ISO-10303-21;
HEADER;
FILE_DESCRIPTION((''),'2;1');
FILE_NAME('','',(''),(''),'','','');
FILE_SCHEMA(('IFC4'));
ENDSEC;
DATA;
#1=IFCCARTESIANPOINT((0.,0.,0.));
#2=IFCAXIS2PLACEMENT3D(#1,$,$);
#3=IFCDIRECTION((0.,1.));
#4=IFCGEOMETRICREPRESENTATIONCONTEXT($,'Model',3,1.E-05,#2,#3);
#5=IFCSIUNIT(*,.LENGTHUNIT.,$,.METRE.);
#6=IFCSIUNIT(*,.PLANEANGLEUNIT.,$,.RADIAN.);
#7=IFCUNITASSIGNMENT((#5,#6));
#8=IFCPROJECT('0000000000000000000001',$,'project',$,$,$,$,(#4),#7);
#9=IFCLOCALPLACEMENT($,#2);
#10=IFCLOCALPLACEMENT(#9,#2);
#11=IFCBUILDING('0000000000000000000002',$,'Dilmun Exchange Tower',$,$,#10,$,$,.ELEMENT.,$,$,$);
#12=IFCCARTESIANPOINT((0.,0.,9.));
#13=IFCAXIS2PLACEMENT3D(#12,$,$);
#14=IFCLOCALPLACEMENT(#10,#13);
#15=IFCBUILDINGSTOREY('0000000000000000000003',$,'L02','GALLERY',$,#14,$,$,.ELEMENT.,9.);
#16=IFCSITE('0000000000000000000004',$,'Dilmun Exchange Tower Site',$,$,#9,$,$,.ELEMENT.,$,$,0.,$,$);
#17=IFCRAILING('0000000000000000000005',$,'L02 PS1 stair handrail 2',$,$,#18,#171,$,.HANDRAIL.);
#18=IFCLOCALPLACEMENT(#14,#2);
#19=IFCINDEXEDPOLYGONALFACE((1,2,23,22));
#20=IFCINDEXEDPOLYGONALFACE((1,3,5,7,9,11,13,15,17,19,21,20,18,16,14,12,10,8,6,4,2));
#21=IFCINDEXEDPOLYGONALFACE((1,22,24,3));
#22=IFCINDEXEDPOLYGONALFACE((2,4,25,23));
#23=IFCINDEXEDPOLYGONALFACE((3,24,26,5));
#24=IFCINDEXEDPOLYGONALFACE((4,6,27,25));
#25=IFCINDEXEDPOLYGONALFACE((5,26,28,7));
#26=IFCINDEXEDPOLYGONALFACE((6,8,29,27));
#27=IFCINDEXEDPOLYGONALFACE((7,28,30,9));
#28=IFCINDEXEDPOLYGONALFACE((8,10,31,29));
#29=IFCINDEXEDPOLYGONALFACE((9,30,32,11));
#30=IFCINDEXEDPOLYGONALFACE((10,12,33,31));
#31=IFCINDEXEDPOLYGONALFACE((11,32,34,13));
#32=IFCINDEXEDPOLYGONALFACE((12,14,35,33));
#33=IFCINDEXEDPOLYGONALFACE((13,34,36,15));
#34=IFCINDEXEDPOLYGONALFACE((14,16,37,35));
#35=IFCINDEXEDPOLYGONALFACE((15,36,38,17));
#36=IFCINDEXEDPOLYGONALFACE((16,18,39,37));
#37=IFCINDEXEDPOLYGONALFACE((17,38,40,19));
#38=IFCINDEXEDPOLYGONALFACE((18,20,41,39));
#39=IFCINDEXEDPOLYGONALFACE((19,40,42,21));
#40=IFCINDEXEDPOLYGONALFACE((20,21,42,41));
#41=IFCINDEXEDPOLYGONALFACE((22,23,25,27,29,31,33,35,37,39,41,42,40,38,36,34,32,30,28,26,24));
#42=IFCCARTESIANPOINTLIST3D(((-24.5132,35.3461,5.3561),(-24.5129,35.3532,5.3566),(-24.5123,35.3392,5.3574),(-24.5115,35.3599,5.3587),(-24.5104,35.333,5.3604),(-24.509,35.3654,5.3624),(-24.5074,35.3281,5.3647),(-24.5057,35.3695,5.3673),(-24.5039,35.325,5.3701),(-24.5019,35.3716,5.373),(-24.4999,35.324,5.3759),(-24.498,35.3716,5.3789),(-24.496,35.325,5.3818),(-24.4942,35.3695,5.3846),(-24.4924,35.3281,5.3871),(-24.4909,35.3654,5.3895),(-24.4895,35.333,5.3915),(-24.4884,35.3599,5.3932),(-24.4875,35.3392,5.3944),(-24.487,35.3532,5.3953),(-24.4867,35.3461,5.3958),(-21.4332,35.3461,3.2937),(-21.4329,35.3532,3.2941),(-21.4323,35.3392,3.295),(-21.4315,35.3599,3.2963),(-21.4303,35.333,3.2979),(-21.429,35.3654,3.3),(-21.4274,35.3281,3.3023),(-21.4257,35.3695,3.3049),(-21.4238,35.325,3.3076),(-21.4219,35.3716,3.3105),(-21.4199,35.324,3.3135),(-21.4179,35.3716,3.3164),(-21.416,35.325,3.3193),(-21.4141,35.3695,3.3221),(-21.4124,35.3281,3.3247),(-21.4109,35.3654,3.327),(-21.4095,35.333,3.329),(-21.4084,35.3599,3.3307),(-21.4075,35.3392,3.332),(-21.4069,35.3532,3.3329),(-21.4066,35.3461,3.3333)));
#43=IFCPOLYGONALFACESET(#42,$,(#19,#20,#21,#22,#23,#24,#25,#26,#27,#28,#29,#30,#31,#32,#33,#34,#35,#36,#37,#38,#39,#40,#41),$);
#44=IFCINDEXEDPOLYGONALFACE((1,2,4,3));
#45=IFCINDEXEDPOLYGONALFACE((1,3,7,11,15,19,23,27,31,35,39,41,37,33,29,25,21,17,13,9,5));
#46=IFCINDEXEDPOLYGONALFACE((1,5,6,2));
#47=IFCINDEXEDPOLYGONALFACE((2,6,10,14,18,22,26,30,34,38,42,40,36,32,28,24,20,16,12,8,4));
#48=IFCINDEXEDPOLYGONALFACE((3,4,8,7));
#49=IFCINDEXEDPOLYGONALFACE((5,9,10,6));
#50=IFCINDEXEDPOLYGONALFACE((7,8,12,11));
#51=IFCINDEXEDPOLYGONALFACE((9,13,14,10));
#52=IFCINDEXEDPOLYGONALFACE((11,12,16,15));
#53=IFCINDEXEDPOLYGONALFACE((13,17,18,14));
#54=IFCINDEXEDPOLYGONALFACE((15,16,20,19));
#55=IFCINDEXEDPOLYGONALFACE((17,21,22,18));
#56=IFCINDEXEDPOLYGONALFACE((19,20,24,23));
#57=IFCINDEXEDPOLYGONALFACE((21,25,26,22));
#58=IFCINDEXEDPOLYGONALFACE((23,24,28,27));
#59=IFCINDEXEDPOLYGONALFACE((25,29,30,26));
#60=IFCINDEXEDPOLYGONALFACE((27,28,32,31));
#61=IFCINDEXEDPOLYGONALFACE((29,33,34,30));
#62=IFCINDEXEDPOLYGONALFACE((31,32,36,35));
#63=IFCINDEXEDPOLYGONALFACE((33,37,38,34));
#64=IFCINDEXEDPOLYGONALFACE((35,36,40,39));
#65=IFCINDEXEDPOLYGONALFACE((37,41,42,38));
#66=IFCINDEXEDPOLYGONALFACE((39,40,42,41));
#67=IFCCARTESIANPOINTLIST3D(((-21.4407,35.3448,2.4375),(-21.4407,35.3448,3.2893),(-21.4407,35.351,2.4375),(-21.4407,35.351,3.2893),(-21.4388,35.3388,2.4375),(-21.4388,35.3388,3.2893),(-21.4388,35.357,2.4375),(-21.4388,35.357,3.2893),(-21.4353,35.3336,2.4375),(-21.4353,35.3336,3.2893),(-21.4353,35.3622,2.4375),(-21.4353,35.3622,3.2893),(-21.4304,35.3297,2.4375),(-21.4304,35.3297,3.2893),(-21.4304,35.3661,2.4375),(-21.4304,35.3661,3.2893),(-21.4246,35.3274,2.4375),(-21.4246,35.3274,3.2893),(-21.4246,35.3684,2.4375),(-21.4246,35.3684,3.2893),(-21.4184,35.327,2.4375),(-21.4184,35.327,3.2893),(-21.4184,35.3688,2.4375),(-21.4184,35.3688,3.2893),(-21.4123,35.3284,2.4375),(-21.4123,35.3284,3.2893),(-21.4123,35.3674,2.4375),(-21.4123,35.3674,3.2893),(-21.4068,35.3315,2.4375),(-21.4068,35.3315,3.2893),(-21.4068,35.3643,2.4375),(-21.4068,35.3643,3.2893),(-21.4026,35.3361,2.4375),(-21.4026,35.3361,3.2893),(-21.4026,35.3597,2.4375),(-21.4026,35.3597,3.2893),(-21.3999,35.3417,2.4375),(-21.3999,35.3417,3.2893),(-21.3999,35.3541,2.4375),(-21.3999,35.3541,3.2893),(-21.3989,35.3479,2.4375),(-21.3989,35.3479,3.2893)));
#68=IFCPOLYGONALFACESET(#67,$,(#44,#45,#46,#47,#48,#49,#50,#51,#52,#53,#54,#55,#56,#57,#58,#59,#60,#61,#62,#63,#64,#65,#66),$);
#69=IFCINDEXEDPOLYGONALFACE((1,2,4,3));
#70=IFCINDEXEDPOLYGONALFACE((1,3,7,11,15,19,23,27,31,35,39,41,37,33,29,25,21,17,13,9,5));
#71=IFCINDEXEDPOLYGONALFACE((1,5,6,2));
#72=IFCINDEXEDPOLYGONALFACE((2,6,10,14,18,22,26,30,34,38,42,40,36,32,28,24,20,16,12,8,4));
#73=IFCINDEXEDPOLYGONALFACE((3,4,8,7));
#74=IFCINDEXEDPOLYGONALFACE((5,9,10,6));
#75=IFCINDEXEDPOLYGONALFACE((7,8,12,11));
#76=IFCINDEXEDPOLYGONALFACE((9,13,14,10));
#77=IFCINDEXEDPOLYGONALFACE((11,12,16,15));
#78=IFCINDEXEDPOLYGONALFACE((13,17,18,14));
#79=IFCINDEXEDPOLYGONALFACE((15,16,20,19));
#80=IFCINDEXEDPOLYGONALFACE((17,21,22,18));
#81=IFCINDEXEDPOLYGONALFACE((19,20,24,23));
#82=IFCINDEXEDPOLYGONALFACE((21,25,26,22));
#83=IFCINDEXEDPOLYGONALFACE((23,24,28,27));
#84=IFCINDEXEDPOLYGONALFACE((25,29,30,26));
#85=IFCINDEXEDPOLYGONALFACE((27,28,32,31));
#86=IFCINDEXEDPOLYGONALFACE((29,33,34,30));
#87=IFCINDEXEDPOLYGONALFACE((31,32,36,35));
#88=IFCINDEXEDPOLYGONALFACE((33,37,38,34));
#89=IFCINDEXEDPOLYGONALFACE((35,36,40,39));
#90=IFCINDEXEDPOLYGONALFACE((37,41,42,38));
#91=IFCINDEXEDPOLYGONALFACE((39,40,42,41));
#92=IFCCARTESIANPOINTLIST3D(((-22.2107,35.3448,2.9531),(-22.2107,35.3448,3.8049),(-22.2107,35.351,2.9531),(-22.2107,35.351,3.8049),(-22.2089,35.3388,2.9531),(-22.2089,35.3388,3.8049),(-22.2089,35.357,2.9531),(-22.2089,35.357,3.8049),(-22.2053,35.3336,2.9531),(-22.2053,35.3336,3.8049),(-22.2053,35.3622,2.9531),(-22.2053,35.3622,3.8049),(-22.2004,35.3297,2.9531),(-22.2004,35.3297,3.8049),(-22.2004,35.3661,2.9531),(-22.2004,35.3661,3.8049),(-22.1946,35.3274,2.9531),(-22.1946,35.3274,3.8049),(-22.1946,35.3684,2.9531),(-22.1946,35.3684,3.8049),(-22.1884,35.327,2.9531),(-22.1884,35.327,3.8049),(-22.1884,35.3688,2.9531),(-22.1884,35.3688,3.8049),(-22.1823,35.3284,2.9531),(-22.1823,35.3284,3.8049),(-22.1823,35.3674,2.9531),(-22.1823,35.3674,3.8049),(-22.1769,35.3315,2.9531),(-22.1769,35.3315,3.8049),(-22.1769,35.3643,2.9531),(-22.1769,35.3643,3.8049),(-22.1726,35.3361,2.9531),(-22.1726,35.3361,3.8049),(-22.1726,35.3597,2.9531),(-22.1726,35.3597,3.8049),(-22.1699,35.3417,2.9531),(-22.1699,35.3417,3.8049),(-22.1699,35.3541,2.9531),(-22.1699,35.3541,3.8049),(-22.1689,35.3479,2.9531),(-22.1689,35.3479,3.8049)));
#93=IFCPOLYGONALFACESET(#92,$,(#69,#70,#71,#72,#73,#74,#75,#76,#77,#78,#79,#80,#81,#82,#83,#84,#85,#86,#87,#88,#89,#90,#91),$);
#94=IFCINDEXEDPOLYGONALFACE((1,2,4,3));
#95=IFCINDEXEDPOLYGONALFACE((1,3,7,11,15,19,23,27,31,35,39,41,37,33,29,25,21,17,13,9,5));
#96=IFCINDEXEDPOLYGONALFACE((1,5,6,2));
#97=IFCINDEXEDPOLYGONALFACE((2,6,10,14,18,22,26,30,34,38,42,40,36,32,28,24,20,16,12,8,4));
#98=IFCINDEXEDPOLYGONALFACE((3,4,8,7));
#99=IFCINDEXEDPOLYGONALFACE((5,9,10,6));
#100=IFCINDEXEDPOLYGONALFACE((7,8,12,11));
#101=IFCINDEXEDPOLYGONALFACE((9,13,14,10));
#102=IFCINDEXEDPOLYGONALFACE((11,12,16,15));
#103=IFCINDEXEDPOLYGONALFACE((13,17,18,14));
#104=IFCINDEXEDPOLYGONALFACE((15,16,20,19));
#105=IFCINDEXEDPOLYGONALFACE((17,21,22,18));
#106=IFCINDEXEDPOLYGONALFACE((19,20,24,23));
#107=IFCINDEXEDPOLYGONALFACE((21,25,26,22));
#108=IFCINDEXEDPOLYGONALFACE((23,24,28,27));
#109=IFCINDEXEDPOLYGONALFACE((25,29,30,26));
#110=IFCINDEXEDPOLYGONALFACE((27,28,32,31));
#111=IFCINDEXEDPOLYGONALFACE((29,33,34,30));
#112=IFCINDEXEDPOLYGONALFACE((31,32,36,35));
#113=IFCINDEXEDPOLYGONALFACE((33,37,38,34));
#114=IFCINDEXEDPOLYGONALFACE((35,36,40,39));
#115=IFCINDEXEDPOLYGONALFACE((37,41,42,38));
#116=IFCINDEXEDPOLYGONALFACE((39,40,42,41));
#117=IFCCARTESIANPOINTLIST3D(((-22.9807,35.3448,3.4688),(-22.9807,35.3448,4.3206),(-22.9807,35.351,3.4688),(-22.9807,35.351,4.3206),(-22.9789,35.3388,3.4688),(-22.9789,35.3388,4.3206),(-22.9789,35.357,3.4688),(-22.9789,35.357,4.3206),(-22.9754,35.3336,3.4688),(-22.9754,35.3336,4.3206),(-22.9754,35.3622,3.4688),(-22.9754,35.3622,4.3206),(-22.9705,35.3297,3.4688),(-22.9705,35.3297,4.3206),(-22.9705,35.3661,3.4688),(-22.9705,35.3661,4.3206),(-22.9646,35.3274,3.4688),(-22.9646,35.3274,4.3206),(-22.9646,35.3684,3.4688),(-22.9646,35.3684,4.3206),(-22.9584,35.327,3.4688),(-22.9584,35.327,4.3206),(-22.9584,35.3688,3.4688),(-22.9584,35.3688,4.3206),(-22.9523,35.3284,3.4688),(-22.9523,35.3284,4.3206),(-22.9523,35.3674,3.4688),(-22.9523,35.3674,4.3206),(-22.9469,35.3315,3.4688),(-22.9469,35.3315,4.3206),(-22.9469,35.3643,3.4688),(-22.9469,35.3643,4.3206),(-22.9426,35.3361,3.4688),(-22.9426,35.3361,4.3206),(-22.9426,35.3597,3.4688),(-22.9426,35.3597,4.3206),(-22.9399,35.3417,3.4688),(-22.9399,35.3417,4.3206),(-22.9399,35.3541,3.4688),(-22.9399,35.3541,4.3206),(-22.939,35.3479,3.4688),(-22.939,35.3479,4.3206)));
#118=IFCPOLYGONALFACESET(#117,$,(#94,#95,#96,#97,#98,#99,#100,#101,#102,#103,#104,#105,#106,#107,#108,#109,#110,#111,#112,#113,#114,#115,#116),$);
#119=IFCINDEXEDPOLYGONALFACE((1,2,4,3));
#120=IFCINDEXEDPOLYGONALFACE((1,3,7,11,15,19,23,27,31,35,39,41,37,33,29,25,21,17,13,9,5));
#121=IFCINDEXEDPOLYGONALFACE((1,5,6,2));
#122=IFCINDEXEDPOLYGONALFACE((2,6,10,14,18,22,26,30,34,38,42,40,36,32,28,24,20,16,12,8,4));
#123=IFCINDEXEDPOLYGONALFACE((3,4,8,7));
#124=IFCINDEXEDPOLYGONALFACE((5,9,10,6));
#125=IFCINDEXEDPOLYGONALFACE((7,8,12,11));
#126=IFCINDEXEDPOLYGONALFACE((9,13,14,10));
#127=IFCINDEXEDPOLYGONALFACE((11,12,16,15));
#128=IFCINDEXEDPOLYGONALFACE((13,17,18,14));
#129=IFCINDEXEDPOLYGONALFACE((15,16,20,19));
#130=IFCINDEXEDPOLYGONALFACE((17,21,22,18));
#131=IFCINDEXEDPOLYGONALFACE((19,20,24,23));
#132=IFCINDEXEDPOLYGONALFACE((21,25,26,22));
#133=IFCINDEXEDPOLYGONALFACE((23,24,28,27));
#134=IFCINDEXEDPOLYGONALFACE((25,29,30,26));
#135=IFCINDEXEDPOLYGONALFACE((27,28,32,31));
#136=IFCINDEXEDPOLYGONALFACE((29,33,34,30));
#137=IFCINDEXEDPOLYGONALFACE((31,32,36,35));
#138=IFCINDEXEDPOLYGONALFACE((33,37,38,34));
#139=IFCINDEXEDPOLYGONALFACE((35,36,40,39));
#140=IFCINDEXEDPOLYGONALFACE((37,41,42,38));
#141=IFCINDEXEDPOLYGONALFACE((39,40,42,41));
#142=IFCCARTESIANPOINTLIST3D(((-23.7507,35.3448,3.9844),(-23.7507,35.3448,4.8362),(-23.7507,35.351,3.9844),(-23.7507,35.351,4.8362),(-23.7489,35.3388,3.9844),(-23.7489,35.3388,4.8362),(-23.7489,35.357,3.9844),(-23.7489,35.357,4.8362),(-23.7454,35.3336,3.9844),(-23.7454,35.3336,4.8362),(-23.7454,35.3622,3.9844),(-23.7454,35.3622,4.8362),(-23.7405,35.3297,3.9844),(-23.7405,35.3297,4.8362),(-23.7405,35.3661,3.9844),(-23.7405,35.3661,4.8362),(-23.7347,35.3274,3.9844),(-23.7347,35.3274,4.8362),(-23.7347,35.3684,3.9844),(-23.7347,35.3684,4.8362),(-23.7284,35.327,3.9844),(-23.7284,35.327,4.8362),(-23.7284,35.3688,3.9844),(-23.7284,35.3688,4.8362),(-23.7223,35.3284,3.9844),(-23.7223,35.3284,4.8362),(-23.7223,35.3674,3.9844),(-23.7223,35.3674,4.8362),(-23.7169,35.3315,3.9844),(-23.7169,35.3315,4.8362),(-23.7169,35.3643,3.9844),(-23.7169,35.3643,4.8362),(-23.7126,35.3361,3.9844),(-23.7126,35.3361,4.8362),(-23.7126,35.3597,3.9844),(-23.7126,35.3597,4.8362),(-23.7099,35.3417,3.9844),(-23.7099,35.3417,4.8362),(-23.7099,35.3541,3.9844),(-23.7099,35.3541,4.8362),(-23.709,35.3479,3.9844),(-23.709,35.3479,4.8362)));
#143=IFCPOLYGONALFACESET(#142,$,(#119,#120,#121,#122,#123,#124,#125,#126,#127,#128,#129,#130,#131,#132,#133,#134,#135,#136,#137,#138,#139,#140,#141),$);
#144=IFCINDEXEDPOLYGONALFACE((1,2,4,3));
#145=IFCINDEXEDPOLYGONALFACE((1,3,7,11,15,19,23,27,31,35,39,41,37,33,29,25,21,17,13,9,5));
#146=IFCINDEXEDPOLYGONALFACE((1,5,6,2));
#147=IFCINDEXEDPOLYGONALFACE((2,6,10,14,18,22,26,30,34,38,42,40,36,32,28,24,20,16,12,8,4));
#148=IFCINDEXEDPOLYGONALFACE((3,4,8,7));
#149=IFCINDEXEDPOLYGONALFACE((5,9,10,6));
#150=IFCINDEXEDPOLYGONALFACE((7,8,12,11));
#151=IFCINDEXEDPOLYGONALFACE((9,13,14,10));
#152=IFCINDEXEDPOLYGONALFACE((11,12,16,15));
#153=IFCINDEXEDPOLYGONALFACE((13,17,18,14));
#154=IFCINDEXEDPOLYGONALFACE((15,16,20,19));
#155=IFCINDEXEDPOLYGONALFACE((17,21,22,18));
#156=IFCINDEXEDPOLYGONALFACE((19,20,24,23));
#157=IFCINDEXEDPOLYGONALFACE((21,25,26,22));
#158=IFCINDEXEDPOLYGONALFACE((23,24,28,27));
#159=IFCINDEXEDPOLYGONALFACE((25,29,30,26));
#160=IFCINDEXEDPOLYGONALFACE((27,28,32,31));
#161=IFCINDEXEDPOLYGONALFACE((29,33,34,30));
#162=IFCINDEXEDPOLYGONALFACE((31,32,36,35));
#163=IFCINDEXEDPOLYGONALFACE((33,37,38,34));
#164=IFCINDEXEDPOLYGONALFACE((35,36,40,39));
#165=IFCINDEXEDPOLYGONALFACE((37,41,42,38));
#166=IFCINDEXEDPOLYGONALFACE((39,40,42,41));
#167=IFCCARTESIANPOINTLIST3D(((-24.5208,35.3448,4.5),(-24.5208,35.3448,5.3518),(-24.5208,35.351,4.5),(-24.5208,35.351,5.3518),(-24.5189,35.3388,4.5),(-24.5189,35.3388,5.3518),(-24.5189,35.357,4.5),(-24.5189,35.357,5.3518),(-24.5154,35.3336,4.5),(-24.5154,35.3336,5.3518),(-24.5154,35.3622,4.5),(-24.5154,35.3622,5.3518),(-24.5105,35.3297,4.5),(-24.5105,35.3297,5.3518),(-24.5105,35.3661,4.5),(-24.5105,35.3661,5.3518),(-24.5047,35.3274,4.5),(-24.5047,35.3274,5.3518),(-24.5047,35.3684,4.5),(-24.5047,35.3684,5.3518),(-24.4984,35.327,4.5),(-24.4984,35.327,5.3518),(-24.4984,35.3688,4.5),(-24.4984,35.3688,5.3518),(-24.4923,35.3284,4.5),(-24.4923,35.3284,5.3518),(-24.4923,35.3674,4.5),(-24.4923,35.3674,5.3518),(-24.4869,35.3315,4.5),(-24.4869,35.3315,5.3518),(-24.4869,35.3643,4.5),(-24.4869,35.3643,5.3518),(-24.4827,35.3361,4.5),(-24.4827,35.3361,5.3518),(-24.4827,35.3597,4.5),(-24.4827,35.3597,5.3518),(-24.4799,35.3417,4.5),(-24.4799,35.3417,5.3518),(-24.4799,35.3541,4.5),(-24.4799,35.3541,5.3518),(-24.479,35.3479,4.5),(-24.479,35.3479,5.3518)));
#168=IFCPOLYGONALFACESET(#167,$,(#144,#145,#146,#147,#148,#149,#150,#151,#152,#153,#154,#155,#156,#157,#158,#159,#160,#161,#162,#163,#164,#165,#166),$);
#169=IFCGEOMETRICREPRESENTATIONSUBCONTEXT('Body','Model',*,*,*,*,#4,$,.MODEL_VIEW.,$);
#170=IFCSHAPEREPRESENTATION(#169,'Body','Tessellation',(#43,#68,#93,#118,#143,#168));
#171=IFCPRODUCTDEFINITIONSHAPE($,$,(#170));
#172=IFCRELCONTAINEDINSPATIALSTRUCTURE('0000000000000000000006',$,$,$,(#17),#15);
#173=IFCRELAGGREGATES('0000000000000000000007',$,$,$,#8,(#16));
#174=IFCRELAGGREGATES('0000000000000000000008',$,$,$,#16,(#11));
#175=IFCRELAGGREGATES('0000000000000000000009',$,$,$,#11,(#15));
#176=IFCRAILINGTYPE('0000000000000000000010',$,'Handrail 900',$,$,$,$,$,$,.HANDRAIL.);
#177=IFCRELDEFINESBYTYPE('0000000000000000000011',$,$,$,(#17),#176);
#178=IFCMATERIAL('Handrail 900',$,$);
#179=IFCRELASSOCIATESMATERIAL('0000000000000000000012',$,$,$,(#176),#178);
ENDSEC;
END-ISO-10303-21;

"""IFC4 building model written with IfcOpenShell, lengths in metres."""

from ifc_helpers import new_model, si_unit, direction, frame, origin, origin_2d, place, context, subcontext, project, spatial, circle, extrude, material, type_object, element, save


model = new_model("IFC4")

# Units and contexts
model_context = context("Model", 3, precision=1e-05, world=origin(), true_north=direction((0.0, 1.0)))
body_context = subcontext(model_context, "Body", "Model", "MODEL_VIEW")
ifc_project = project(units=[si_unit("LENGTHUNIT", "METRE"), si_unit("PLANEANGLEUNIT", "RADIAN")], contexts=[model_context])

# Site, building, storey
site_placement = place(None, origin())
site = spatial("IfcSite", under=ifc_project, at=site_placement, Name="Dilmun Exchange Tower Site", CompositionType="ELEMENT", RefElevation=0.0)
building_placement = place(site_placement, origin())
building = spatial("IfcBuilding", under=site, at=building_placement, Name="Dilmun Exchange Tower", CompositionType="ELEMENT")
storey_placement = place(building_placement, frame((0.0, 0.0, 9.0)))
storey = spatial("IfcBuildingStorey", under=building, at=storey_placement, Name="L02", Description="GALLERY", CompositionType="ELEMENT", Elevation=9.0)

# Railing
ifc_material_1 = material(Name="Handrail 900")
railing_type_1 = type_object("IfcRailingType", Name="Handrail 900", PredefinedType="HANDRAIL", material=ifc_material_1)
railing_1_placement = place(storey_placement, frame((-21.4199, 35.3479, 2.4375)))
element("IfcRailing", 1, at=railing_1_placement, inside=storey, type_object=railing_type_1, Name="L02 PS1 stair handrail 2", PredefinedType="HANDRAIL", context=body_context, shape_type="SweptSolid", body=[
    extrude(circle(Radius=0.0239, at=origin_2d()), frame((0.0, 0.0, 0.876), z_axis=(-0.830914, 0.0, 0.556401), x_axis=(0.0, -1.0, 0.0)), (0.0, 0.0, 1.0), 3.7068),
    extrude(circle(Radius=0.021, at=origin_2d()), origin(), (0.0, 0.0, 1.0), 0.8518),
    extrude(circle(Radius=0.021, at=origin_2d()), frame((-0.77, 0.0, 0.5156)), (0.0, 0.0, 1.0), 0.8518),
    extrude(circle(Radius=0.021, at=origin_2d()), frame((-1.54, 0.0, 1.0312)), (0.0, 0.0, 1.0), 0.8518),
    extrude(circle(Radius=0.021, at=origin_2d()), frame((-2.3101, 0.0, 1.5469)), (0.0, 0.0, 1.0), 0.8518),
    extrude(circle(Radius=0.021, at=origin_2d()), frame((-3.0801, 0.0, 2.0625)), (0.0, 0.0, 1.0), 0.8518),
])

save(model, "model.ifc")
